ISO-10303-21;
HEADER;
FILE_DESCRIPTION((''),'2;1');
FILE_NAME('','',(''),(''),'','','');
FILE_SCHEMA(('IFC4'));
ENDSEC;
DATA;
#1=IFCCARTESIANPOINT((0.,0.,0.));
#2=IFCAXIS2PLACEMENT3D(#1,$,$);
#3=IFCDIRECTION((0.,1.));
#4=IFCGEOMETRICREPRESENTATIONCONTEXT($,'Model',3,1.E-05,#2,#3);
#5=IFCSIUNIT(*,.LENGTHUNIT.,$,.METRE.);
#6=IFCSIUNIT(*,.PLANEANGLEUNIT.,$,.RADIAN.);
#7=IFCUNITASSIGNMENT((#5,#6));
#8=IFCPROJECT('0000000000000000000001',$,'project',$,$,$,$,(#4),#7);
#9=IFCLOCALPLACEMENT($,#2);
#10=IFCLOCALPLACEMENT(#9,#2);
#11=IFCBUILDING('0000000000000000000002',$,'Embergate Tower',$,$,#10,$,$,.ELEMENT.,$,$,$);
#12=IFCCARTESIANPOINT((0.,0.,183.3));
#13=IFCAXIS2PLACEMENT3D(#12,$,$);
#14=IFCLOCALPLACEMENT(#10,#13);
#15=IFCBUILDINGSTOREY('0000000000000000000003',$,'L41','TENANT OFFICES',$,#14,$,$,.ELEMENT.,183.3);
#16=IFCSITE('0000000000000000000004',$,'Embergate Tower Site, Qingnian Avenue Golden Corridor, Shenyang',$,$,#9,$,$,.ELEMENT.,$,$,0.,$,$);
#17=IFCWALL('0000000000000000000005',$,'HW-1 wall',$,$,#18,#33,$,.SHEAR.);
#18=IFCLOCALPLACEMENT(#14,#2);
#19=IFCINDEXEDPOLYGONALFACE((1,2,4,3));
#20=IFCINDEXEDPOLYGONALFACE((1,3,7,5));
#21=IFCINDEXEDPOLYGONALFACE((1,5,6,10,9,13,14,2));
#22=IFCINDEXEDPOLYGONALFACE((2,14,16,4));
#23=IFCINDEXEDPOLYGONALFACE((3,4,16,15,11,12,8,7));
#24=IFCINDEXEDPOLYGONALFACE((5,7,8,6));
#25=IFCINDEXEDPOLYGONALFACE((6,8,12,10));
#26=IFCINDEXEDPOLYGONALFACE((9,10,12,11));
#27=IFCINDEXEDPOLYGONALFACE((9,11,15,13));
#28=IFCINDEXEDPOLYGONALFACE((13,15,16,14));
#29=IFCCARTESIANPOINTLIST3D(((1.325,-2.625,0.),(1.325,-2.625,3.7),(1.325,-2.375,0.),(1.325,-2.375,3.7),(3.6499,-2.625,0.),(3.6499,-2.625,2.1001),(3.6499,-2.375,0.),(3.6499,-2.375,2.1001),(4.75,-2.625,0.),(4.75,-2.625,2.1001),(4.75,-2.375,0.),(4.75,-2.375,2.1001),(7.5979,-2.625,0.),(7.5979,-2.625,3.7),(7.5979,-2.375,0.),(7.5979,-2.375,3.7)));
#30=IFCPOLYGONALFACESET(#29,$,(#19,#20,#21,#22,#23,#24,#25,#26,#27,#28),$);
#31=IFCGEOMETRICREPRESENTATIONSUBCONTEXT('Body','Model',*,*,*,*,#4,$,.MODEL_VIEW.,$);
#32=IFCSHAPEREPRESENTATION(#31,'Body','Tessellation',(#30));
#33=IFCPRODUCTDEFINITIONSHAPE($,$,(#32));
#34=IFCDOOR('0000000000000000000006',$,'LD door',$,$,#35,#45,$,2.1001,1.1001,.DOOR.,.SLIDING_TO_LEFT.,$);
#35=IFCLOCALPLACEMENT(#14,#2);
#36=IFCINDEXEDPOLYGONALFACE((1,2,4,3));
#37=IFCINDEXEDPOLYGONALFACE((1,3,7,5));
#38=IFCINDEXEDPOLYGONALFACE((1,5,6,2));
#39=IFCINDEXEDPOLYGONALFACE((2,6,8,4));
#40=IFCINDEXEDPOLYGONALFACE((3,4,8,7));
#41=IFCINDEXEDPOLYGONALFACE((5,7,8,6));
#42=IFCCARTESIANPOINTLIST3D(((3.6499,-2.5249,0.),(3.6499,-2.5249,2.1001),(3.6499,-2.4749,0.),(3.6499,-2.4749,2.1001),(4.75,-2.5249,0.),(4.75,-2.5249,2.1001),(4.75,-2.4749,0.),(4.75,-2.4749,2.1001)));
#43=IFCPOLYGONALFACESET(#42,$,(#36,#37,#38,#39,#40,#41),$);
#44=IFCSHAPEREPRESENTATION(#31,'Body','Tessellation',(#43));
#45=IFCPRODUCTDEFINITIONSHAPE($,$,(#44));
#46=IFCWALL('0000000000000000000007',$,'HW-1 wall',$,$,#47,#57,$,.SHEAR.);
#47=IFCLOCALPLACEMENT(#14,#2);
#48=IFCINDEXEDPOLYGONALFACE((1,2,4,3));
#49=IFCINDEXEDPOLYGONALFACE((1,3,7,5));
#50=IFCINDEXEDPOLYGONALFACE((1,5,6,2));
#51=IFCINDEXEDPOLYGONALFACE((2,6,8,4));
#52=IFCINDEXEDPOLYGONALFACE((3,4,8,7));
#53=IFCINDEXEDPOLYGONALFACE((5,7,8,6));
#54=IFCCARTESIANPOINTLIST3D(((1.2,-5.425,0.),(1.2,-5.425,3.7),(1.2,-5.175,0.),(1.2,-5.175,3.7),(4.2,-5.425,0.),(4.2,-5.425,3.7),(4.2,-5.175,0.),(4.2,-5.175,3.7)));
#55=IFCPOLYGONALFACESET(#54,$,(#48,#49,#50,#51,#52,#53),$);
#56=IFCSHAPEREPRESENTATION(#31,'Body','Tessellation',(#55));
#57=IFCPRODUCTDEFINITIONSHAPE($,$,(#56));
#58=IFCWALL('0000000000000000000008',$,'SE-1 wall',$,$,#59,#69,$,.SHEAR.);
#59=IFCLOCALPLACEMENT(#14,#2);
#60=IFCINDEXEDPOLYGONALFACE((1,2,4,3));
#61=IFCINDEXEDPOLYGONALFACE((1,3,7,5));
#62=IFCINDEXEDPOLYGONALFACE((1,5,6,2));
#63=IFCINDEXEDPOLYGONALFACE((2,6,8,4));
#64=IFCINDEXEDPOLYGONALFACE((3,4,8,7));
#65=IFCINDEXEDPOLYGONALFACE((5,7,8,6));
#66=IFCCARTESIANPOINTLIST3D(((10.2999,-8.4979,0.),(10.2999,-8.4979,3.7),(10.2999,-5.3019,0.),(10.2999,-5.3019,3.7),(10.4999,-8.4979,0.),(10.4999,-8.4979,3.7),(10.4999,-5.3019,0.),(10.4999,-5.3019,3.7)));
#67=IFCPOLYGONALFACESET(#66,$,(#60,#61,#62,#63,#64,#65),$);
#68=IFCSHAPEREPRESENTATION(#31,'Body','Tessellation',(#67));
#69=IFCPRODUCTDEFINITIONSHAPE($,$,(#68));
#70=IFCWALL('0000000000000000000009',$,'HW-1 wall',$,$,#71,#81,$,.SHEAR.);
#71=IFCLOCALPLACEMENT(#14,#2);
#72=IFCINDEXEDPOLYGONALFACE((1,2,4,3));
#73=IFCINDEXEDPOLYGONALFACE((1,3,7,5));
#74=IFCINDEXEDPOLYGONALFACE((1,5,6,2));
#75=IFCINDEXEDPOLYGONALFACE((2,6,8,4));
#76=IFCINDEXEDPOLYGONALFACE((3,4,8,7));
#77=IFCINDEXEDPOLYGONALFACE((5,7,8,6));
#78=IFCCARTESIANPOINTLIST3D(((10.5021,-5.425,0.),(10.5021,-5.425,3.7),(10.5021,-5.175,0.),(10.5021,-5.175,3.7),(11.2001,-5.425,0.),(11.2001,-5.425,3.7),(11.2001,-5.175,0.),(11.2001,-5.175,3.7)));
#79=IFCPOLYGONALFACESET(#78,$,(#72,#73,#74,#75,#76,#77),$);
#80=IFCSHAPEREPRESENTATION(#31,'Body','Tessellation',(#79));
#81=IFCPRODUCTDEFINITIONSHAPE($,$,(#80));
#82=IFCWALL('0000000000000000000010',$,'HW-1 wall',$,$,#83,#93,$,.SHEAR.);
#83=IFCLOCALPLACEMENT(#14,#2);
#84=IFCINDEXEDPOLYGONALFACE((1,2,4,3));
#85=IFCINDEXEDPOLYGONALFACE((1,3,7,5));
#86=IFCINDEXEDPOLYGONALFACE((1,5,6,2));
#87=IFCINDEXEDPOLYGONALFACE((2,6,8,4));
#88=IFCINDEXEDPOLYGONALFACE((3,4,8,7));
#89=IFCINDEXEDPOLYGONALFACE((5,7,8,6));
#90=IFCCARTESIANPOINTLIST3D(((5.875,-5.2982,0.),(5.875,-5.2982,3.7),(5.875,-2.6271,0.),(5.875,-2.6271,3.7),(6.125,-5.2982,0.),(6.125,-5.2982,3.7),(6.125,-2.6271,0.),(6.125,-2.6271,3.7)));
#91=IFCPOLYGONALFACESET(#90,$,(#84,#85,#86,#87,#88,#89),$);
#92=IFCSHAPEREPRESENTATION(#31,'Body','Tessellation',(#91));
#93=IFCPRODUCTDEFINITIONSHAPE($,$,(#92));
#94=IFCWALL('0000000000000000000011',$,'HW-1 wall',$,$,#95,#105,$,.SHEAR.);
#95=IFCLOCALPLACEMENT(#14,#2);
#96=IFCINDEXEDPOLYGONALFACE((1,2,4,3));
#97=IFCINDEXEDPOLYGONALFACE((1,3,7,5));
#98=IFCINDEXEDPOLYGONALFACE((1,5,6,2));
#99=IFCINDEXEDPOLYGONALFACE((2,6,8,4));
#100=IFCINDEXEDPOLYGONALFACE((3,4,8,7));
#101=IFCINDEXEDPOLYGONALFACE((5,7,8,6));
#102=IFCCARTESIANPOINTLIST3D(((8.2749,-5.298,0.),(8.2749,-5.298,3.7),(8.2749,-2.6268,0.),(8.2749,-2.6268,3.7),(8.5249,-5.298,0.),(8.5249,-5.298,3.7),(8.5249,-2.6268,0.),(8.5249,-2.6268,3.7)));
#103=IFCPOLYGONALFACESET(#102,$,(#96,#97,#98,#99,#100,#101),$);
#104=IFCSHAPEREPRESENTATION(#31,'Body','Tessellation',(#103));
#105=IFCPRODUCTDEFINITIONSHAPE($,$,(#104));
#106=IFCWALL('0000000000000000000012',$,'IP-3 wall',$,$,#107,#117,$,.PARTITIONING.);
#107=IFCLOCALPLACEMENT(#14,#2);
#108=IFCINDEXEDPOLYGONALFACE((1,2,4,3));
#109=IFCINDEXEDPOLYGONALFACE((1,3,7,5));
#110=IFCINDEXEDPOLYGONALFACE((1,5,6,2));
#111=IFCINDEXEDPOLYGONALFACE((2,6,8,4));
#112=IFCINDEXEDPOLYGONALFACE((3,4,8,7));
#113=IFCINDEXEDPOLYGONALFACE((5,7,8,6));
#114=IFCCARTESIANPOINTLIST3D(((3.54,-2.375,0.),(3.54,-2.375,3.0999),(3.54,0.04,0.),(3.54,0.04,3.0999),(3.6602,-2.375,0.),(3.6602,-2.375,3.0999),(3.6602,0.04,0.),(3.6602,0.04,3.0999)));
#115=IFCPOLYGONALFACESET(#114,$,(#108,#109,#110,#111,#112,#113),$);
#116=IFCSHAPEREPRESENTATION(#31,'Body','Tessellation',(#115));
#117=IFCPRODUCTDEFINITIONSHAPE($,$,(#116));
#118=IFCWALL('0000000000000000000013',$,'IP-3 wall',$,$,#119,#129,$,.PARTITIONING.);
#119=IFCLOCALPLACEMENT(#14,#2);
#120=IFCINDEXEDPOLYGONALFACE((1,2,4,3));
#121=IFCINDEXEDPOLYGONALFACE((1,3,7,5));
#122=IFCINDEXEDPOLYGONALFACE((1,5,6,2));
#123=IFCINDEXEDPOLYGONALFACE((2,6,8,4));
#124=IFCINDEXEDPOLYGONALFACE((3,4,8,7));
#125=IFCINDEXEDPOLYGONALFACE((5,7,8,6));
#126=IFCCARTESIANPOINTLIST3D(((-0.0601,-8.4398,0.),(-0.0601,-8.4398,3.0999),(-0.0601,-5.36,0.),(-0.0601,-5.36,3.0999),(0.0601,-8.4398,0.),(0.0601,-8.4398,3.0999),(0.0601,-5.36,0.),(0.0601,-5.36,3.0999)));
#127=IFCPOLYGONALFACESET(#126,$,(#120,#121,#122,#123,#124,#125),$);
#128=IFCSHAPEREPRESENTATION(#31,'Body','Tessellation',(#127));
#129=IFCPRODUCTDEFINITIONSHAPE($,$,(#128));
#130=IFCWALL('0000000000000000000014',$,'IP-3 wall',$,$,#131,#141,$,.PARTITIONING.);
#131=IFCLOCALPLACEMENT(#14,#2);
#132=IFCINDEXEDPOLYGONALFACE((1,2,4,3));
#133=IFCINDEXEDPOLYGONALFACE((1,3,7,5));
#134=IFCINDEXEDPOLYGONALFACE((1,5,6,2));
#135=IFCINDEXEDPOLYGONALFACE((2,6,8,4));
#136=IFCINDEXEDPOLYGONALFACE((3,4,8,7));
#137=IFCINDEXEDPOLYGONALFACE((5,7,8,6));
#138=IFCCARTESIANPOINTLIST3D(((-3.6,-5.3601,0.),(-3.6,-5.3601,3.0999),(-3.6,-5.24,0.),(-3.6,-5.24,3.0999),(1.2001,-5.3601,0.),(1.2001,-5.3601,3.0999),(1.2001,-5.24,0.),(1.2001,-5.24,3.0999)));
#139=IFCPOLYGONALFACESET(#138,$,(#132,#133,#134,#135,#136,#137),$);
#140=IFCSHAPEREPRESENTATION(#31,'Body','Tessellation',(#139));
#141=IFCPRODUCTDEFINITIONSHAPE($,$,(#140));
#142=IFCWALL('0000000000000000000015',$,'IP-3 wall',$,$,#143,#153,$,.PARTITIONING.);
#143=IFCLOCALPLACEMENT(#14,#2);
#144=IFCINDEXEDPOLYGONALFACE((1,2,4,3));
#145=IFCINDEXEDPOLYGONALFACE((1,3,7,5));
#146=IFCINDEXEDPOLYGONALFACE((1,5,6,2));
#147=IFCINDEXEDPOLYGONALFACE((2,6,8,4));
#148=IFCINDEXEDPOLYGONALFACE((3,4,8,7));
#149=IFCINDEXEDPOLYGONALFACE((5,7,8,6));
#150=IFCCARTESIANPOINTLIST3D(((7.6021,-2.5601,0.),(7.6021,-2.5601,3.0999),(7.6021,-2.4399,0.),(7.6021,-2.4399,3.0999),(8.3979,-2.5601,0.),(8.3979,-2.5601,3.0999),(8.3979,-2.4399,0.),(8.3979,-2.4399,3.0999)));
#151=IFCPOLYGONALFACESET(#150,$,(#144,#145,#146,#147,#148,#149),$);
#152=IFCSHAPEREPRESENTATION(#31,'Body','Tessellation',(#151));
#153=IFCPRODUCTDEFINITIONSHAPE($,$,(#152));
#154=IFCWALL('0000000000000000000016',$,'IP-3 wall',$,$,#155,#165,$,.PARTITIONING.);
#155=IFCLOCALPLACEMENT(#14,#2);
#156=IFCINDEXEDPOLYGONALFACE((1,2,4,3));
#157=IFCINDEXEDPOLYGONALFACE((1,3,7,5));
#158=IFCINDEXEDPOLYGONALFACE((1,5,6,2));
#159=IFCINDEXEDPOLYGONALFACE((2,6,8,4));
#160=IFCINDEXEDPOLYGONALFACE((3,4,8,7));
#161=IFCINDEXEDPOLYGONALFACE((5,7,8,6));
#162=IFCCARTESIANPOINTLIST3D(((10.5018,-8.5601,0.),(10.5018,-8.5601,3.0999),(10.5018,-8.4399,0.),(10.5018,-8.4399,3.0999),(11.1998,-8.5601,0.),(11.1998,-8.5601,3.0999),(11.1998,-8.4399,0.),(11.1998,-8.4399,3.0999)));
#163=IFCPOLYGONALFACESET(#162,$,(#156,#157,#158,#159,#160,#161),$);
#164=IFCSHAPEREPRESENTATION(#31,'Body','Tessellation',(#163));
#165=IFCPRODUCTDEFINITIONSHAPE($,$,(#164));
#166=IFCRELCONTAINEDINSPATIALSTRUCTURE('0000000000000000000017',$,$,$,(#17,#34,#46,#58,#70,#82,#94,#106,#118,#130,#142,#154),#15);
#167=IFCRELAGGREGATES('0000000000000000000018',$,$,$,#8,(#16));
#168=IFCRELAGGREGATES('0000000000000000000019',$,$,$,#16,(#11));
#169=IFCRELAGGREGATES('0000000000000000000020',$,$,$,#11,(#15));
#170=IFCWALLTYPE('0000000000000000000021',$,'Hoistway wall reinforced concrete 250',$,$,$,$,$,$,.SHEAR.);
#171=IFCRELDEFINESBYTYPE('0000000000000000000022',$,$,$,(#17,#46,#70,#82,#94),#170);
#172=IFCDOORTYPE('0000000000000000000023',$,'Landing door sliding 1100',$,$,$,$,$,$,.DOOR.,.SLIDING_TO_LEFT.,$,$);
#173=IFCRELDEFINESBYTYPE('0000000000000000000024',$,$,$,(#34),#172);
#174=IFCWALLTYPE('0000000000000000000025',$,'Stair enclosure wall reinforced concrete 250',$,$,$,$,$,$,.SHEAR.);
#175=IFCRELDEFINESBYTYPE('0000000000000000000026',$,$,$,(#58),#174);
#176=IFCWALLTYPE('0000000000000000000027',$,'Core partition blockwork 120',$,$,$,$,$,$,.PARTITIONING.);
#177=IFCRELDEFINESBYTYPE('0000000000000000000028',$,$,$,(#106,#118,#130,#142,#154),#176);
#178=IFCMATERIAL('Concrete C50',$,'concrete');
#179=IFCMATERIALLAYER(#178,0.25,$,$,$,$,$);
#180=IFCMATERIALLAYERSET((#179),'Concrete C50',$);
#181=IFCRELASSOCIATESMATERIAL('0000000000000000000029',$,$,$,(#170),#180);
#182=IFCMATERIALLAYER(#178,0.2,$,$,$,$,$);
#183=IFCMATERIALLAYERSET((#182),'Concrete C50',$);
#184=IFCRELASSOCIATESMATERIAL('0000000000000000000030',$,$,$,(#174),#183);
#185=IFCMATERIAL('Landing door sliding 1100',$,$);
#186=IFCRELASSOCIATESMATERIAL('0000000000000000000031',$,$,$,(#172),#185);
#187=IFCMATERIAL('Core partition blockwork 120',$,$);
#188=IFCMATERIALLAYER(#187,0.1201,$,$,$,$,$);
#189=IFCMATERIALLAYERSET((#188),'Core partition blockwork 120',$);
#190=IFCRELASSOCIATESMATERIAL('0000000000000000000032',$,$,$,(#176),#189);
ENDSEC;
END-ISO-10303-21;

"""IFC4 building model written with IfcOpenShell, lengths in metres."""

from ifc_helpers import new_model, si_unit, direction, frame, frame_2d, origin, place, context, subcontext, project, spatial, rectangle, extrude, source, transform, mapped, material, layer, layer_set, type_object, element, fill, save


model = new_model("IFC4")

# Units and contexts
model_context = context("Model", 3, precision=1e-05, world=origin(), true_north=direction((0.0, 1.0)))
body_context = subcontext(model_context, "Body", "Model", "MODEL_VIEW")
ifc_project = project(units=[si_unit("LENGTHUNIT", "METRE"), si_unit("PLANEANGLEUNIT", "RADIAN")], contexts=[model_context])

# Site, building, storey
site_placement = place(None, origin())
site = spatial("IfcSite", under=ifc_project, at=site_placement, Name="Embergate Tower Site, Qingnian Avenue Golden Corridor, Shenyang", CompositionType="ELEMENT", RefElevation=0.0)
building_placement = place(site_placement, origin())
building = spatial("IfcBuilding", under=site, at=building_placement, Name="Embergate Tower", CompositionType="ELEMENT")
storey_placement = place(building_placement, frame((0.0, 0.0, 183.3)))
storey = spatial("IfcBuildingStorey", under=building, at=storey_placement, Name="L41", Description="TENANT OFFICES", CompositionType="ELEMENT", Elevation=183.3)

# Shared definitions
ifc_material_1 = material(Name="Concrete C50", Category="concrete")
ifc_layer_1 = layer(ifc_material_1, 0.25)
ifc_layer_set_1 = layer_set([ifc_layer_1], Name="Concrete C50")
wall_type_1 = type_object("IfcWallType", Name="Hoistway wall reinforced concrete 250", PredefinedType="SHEAR", material=ifc_layer_set_1)
ifc_layer_2 = layer(ifc_material_1, 0.2)
ifc_layer_set_2 = layer_set([ifc_layer_2], Name="Concrete C50")
wall_type_2 = type_object("IfcWallType", Name="Stair enclosure wall reinforced concrete 250", PredefinedType="SHEAR", material=ifc_layer_set_2)

# Wall, opening, door
shared_shape_1 = source(origin(), body_context, "Body", "SweptSolid", [
    extrude(rectangle(XDim=1.1001, YDim=2.1001, at=frame_2d((0.55, 1.05))), frame((0.0, 0.135, 0.0), z_axis=(0.0, -1.0, 0.0), x_axis=(1.0, 0.0, 0.0)), (0.0, 0.0, 1.0), 0.27),
])
ifc_material_2 = material(Name="Landing door sliding 1100")
door_type_1 = type_object("IfcDoorType", Name="Landing door sliding 1100", OperationType="SLIDING_TO_LEFT", PredefinedType="DOOR", material=ifc_material_2)
shared_shape_2 = source(origin(), body_context, "Body", "SweptSolid", [
    extrude(rectangle(XDim=1.1001, YDim=2.1001, at=frame_2d((0.55, 1.05))), frame((0.0, 0.0249, 0.0), z_axis=(0.0, -1.0, 0.0), x_axis=(1.0, 0.0, 0.0)), (0.0, 0.0, 1.0), 0.05),
])
shared_shape_3 = source(origin(), body_context, "Body", "SweptSolid", [
    extrude(rectangle(XDim=6.2729, YDim=0.25, at=frame_2d((3.1365, 0.0))), origin(), (0.0, 0.0, 1.0), 3.7),
])
wall_1_placement = place(storey_placement, frame((7.5979, -2.5, 0.0), z_axis=(0.0, 0.0, 1.0), x_axis=(-1.0, 0.0, 0.0)))
wall_1 = element("IfcWall", 1, at=wall_1_placement, inside=storey, type_object=wall_type_1, Name="HW-1 wall", PredefinedType="SHEAR", context=body_context, shape_type="MappedRepresentation", body=[
    mapped(shared_shape_3, transform((0.0, 0.0, 0.0))),
])
opening_1_placement = place(wall_1_placement, frame((2.8479, 0.0, 0.0)))
opening_1 = element("IfcOpeningElement", 2, at=opening_1_placement, cuts=wall_1, PredefinedType="OPENING", context=body_context, shape_type="MappedRepresentation", body=[
    mapped(shared_shape_1, transform((0.0, 0.0, 0.0))),
])
door_1_placement = place(opening_1_placement, origin())
door_1 = element("IfcDoor", 3, at=door_1_placement, inside=storey, type_object=door_type_1, Name="LD door", OperationType="SLIDING_TO_LEFT", OverallHeight=2.1001, OverallWidth=1.1001, PredefinedType="DOOR", context=body_context, shape_type="MappedRepresentation", body=[
    mapped(shared_shape_2, transform((0.0, 0.0, 0.0))),
])
fill(opening_1, door_1)

# Walls
shared_shape_4 = source(origin(), body_context, "Body", "SweptSolid", [
    extrude(rectangle(XDim=3.0, YDim=0.25, at=frame_2d((1.5, 0.0))), origin(), (0.0, 0.0, 1.0), 3.7),
])
wall_2_placement = place(storey_placement, frame((1.2, -5.3, 0.0), z_axis=(0.0, 0.0, 1.0), x_axis=(1.0, 0.0, 0.0)))
element("IfcWall", 4, at=wall_2_placement, inside=storey, type_object=wall_type_1, Name="HW-1 wall", PredefinedType="SHEAR", context=body_context, shape_type="MappedRepresentation", body=[
    mapped(shared_shape_4, transform((0.0, 0.0, 0.0))),
])
shared_shape_5 = source(origin(), body_context, "Body", "SweptSolid", [
    extrude(rectangle(XDim=3.196, YDim=0.2, at=frame_2d((1.5981, 0.0))), origin(), (0.0, 0.0, 1.0), 3.7),
])
wall_3_placement = place(storey_placement, frame((10.3999, -8.498, 0.0), z_axis=(0.0, 0.0, 1.0), x_axis=(0.0, 1.0, 0.0)))
element("IfcWall", 5, at=wall_3_placement, inside=storey, type_object=wall_type_2, Name="SE-1 wall", PredefinedType="SHEAR", context=body_context, shape_type="MappedRepresentation", body=[
    mapped(shared_shape_5, transform((0.0, 0.0, 0.0))),
])
shared_shape_6 = source(origin(), body_context, "Body", "SweptSolid", [
    extrude(rectangle(XDim=0.698, YDim=0.25, at=frame_2d((0.3491, 0.0))), origin(), (0.0, 0.0, 1.0), 3.7),
])
wall_4_placement = place(storey_placement, frame((10.502, -5.3, 0.0), z_axis=(0.0, 0.0, 1.0), x_axis=(1.0, 0.0, 0.0)))
element("IfcWall", 6, at=wall_4_placement, inside=storey, type_object=wall_type_1, Name="HW-1 wall", PredefinedType="SHEAR", context=body_context, shape_type="MappedRepresentation", body=[
    mapped(shared_shape_6, transform((0.0, 0.0, 0.0))),
])
shared_shape_7 = source(origin(), body_context, "Body", "SweptSolid", [
    extrude(rectangle(XDim=2.6711, YDim=0.25, at=frame_2d((1.3354, 0.0))), origin(), (0.0, 0.0, 1.0), 3.7),
])
for number, where, z_axis, x_axis, name in (
    (7, (6.0, -5.2981, 0.0), (0.0, 0.0, 1.0), (0.0, 1.0, 0.0), "HW-1 wall"),
    (8, (8.3999, -2.627, 0.0), (0.0, 0.0, 1.0), (0.0, -1.0, 0.0), "HW-1 wall"),
):
    element("IfcWall", number, at=place(storey_placement, frame(where, z_axis=z_axis, x_axis=x_axis)), inside=storey, type_object=wall_type_1, Name=name, PredefinedType="SHEAR", context=body_context, shape_type="MappedRepresentation", body=[
        mapped(shared_shape_7, transform((0.0, 0.0, 0.0))),
    ])
ifc_material_3 = material(Name="Core partition blockwork 120")
ifc_layer_3 = layer(ifc_material_3, 0.1201)
ifc_layer_set_3 = layer_set([ifc_layer_3], Name="Core partition blockwork 120")
wall_type_3 = type_object("IfcWallType", Name="Core partition blockwork 120", PredefinedType="PARTITIONING", material=ifc_layer_set_3)
shared_shape_8 = source(origin(), body_context, "Body", "SweptSolid", [
    extrude(rectangle(XDim=2.415, YDim=0.1201, at=frame_2d((1.2075, 0.0))), origin(), (0.0, 0.0, 1.0), 3.0999),
])
wall_5_placement = place(storey_placement, frame((3.6001, -2.375, 0.0), z_axis=(0.0, 0.0, 1.0), x_axis=(0.0, 1.0, 0.0)))
element("IfcWall", 9, at=wall_5_placement, inside=storey, type_object=wall_type_3, Name="IP-3 wall", PredefinedType="PARTITIONING", context=body_context, shape_type="MappedRepresentation", body=[
    mapped(shared_shape_8, transform((0.0, 0.0, 0.0))),
])
shared_shape_9 = source(origin(), body_context, "Body", "SweptSolid", [
    extrude(rectangle(XDim=3.0798, YDim=0.1201, at=frame_2d((1.54, 0.0))), origin(), (0.0, 0.0, 1.0), 3.0999),
])
wall_6_placement = place(storey_placement, frame((0.0, -8.4399, 0.0), z_axis=(0.0, 0.0, 1.0), x_axis=(0.0, 1.0, 0.0)))
element("IfcWall", 10, at=wall_6_placement, inside=storey, type_object=wall_type_3, Name="IP-3 wall", PredefinedType="PARTITIONING", context=body_context, shape_type="MappedRepresentation", body=[
    mapped(shared_shape_9, transform((0.0, 0.0, 0.0))),
])
shared_shape_10 = source(origin(), body_context, "Body", "SweptSolid", [
    extrude(rectangle(XDim=4.8, YDim=0.1201, at=frame_2d((2.3999, 0.0))), origin(), (0.0, 0.0, 1.0), 3.0999),
])
wall_7_placement = place(storey_placement, frame((1.2, -5.3, 0.0), z_axis=(0.0, 0.0, 1.0), x_axis=(-1.0, 0.0, 0.0)))
element("IfcWall", 11, at=wall_7_placement, inside=storey, type_object=wall_type_3, Name="IP-3 wall", PredefinedType="PARTITIONING", context=body_context, shape_type="MappedRepresentation", body=[
    mapped(shared_shape_10, transform((0.0, 0.0, 0.0))),
])
shared_shape_11 = source(origin(), body_context, "Body", "SweptSolid", [
    extrude(rectangle(XDim=0.7959, YDim=0.1201, at=frame_2d((0.3979, 0.0))), origin(), (0.0, 0.0, 1.0), 3.0999),
])
wall_8_placement = place(storey_placement, frame((7.6021, -2.5, 0.0), z_axis=(0.0, 0.0, 1.0), x_axis=(1.0, 0.0, 0.0)))
element("IfcWall", 12, at=wall_8_placement, inside=storey, type_object=wall_type_3, Name="IP-3 wall", PredefinedType="PARTITIONING", context=body_context, shape_type="MappedRepresentation", body=[
    mapped(shared_shape_11, transform((0.0, 0.0, 0.0))),
])
shared_shape_12 = source(origin(), body_context, "Body", "SweptSolid", [
    extrude(rectangle(XDim=0.698, YDim=0.1201, at=frame_2d((0.3491, 0.0))), origin(), (0.0, 0.0, 1.0), 3.0999),
])
wall_9_placement = place(storey_placement, frame((11.2, -8.5, 0.0), z_axis=(0.0, 0.0, 1.0), x_axis=(-1.0, 0.0, 0.0)))
element("IfcWall", 13, at=wall_9_placement, inside=storey, type_object=wall_type_3, Name="IP-3 wall", PredefinedType="PARTITIONING", context=body_context, shape_type="MappedRepresentation", body=[
    mapped(shared_shape_12, transform((0.0, 0.0, 0.0))),
])

save(model, "model.ifc")
